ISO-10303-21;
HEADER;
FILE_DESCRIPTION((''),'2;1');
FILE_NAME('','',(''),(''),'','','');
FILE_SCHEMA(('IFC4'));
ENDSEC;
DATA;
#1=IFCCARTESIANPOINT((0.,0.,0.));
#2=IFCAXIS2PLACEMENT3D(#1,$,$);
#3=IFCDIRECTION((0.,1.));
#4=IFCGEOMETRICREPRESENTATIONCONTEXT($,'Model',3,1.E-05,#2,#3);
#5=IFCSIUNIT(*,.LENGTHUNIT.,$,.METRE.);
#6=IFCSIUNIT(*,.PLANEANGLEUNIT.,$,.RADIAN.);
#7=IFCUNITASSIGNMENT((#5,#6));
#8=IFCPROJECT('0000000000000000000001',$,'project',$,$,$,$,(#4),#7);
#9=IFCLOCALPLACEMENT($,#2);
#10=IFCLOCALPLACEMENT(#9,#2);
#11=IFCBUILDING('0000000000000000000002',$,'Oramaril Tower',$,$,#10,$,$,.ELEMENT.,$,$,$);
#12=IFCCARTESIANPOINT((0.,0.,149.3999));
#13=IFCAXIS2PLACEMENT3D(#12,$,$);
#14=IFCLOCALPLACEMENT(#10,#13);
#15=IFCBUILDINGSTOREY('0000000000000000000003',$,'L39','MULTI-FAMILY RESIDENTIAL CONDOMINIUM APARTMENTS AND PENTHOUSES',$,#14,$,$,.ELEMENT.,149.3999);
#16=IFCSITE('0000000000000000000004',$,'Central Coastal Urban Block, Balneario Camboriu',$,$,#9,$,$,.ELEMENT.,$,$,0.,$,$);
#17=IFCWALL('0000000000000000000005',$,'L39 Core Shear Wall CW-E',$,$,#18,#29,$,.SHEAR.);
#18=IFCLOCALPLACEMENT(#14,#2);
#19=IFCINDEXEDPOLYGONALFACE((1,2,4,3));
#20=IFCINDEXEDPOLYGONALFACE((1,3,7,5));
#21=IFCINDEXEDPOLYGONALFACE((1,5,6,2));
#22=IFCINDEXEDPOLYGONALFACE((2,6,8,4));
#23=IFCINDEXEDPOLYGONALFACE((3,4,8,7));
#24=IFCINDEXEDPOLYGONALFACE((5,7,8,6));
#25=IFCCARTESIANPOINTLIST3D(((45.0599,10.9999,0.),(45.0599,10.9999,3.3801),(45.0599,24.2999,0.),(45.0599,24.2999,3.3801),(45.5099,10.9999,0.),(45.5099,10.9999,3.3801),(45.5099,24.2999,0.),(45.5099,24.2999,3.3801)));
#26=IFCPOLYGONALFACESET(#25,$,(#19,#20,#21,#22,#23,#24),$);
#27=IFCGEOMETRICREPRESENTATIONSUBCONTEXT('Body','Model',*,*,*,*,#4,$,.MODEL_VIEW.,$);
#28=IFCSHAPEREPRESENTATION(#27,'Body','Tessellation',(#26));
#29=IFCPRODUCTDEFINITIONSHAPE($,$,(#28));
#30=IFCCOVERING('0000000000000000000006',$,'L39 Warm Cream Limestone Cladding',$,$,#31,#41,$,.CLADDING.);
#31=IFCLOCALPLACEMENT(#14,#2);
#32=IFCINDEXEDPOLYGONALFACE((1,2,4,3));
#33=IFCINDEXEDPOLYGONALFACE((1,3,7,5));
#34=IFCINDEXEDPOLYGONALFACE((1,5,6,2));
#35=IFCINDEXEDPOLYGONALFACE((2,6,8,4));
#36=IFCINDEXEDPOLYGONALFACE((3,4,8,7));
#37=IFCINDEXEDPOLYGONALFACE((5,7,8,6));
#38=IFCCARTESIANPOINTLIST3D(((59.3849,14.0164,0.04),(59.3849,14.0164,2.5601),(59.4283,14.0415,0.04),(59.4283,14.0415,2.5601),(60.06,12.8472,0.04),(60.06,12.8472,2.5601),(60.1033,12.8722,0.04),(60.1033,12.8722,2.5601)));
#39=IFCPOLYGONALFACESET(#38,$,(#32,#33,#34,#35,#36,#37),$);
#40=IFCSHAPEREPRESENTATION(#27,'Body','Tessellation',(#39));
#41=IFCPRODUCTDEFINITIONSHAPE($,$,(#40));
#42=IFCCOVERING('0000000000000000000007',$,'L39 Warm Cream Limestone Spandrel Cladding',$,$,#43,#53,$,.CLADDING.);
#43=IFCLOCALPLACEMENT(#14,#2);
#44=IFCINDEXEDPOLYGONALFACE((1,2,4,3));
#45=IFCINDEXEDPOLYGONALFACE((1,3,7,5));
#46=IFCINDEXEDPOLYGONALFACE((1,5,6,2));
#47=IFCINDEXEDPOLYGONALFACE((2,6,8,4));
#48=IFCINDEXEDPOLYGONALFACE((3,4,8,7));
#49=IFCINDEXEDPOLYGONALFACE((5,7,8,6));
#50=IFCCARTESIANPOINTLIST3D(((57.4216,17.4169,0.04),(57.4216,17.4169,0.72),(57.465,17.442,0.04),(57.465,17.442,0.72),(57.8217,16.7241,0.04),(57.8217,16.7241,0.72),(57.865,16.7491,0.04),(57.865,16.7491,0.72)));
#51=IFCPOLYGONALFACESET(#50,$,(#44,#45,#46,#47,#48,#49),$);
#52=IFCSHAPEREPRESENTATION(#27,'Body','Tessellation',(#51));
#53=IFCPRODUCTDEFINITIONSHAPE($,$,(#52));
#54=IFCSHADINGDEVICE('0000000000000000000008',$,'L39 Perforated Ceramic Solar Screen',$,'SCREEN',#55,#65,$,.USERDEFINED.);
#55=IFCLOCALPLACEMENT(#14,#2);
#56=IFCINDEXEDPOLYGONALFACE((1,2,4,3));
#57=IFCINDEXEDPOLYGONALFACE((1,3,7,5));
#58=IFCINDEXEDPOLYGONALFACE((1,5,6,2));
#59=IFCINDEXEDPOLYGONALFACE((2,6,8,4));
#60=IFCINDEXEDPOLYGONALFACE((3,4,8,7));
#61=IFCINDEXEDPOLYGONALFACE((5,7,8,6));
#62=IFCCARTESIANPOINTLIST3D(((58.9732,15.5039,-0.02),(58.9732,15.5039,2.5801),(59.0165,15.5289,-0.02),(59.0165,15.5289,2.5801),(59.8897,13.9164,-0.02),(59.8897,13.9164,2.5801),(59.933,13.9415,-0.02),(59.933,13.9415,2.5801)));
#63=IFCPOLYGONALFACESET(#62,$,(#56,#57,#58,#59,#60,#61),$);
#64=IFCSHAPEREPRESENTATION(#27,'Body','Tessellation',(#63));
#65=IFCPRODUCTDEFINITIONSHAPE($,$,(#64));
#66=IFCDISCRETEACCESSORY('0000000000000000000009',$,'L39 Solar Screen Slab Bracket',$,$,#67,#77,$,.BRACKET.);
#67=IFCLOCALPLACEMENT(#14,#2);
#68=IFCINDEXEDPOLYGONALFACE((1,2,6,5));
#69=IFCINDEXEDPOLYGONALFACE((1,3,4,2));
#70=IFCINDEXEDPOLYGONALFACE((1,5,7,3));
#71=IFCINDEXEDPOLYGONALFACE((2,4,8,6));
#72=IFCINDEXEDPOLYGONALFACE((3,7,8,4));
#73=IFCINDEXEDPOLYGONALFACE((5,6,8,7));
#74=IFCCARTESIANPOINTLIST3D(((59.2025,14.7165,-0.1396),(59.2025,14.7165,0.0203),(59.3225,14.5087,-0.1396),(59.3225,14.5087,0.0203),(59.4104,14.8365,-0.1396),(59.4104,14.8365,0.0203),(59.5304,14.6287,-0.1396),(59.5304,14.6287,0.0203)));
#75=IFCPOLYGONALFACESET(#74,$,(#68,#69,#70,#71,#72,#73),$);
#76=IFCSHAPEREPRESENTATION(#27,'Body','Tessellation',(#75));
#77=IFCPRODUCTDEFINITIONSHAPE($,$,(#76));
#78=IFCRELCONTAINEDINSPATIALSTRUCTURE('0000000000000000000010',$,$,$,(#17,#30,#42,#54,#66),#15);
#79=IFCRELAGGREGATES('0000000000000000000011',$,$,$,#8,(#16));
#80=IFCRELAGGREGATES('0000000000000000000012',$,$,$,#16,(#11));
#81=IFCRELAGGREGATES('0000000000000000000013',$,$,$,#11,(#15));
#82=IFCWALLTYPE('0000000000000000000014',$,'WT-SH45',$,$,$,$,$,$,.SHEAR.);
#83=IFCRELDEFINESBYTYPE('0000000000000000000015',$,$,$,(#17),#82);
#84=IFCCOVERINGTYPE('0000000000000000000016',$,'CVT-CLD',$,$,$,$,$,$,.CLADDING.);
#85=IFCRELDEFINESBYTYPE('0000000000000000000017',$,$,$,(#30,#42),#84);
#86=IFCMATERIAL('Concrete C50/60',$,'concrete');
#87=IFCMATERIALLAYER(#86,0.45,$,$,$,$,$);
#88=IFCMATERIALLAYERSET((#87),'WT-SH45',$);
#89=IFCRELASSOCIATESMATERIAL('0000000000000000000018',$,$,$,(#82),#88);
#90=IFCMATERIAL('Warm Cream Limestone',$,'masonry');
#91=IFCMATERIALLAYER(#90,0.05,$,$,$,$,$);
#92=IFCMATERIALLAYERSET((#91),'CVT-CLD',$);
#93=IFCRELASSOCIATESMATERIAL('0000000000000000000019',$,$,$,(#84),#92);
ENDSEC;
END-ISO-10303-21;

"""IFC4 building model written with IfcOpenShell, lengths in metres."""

from ifc_helpers import new_model, si_unit, direction, frame, frame_2d, origin, origin_2d, place, context, subcontext, project, spatial, rectangle, extrude, material, layer, layer_set, type_object, element, save


model = new_model("IFC4")

# Units and contexts
model_context = context("Model", 3, precision=1e-05, world=origin(), true_north=direction((0.0, 1.0)))
body_context = subcontext(model_context, "Body", "Model", "MODEL_VIEW")
ifc_project = project(units=[si_unit("LENGTHUNIT", "METRE"), si_unit("PLANEANGLEUNIT", "RADIAN")], contexts=[model_context])

# Site, building, storey
site_placement = place(None, origin())
site = spatial("IfcSite", under=ifc_project, at=site_placement, Name="Central Coastal Urban Block, Balneario Camboriu", CompositionType="ELEMENT", RefElevation=0.0)
building_placement = place(site_placement, origin())
building = spatial("IfcBuilding", under=site, at=building_placement, Name="Oramaril Tower", CompositionType="ELEMENT")
storey_placement = place(building_placement, frame((0.0, 0.0, 149.3999)))
storey = spatial("IfcBuildingStorey", under=building, at=storey_placement, Name="L39", Description="MULTI-FAMILY RESIDENTIAL CONDOMINIUM APARTMENTS AND PENTHOUSES", CompositionType="ELEMENT", Elevation=149.3999)

# Wall
ifc_material_1 = material(Name="Concrete C50/60", Category="concrete")
ifc_layer_1 = layer(ifc_material_1, 0.45)
ifc_layer_set_1 = layer_set([ifc_layer_1], Name="WT-SH45")
wall_type_1 = type_object("IfcWallType", Name="WT-SH45", PredefinedType="SHEAR", material=ifc_layer_set_1)
wall_1_placement = place(storey_placement, frame((45.2849, 11.0, 0.0), z_axis=(0.0, 0.0, 1.0), x_axis=(0.0, 1.0, 0.0)))
element("IfcWall", 1, at=wall_1_placement, inside=storey, type_object=wall_type_1, Name="L39 Core Shear Wall CW-E", PredefinedType="SHEAR", context=body_context, shape_type="SweptSolid", body=[
    extrude(rectangle(XDim=13.3, YDim=0.45, at=frame_2d((6.6499, 0.0))), origin(), (0.0, 0.0, 1.0), 3.3801),
])

# Coverings
ifc_material_2 = material(Name="Warm Cream Limestone", Category="masonry")
ifc_layer_2 = layer(ifc_material_2, 0.05)
ifc_layer_set_2 = layer_set([ifc_layer_2], Name="CVT-CLD")
covering_type = type_object("IfcCoveringType", Name="CVT-CLD", PredefinedType="CLADDING", material=ifc_layer_set_2)
covering_1_placement = place(storey_placement, frame((59.7441, 13.4443, 0.04), z_axis=(0.0, 0.0, 1.0), x_axis=(-0.5, 0.866025, 0.0)))
element("IfcCovering", 2, at=covering_1_placement, inside=storey, type_object=covering_type, Name="L39 Warm Cream Limestone Cladding", PredefinedType="CLADDING", context=body_context, shape_type="SweptSolid", body=[
    extrude(rectangle(XDim=1.3501, YDim=0.05, at=origin_2d()), origin(), (0.0, 0.0, 1.0), 2.52),
])
covering_2_placement = place(storey_placement, frame((57.6433, 17.083, 0.04), z_axis=(0.0, 0.0, 1.0), x_axis=(-0.5, 0.866025, 0.0)))
element("IfcCovering", 3, at=covering_2_placement, inside=storey, type_object=covering_type, Name="L39 Warm Cream Limestone Spandrel Cladding", PredefinedType="CLADDING", context=body_context, shape_type="SweptSolid", body=[
    extrude(rectangle(XDim=0.8, YDim=0.05, at=origin_2d()), origin(), (0.0, 0.0, 1.0), 0.6799),
])

# Shading device
shading_device_placement = place(storey_placement, frame((59.4531, 14.7227, -0.02), z_axis=(0.0, 0.0, 1.0), x_axis=(-0.5, 0.866025, 0.0)))
element("IfcShadingDevice", 4, at=shading_device_placement, inside=storey, Name="L39 Perforated Ceramic Solar Screen", ObjectType="SCREEN", PredefinedType="USERDEFINED", context=body_context, shape_type="SweptSolid", body=[
    extrude(rectangle(XDim=1.833, YDim=0.05, at=origin_2d()), origin(), (0.0, 0.0, 1.0), 2.6001),
])

# Discrete accessory
discrete_accessory_placement = place(storey_placement, frame((59.3665, 14.6726, -0.1396), z_axis=(0.0, 0.0, 1.0), x_axis=(-0.5, 0.866025, 0.0)))
element("IfcDiscreteAccessory", 5, at=discrete_accessory_placement, inside=storey, Name="L39 Solar Screen Slab Bracket", PredefinedType="BRACKET", context=body_context, shape_type="SweptSolid", body=[
    extrude(rectangle(XDim=0.24, YDim=0.24, at=origin_2d()), origin(), (0.0, 0.0, 1.0), 0.1599),
])

save(model, "model.ifc")
